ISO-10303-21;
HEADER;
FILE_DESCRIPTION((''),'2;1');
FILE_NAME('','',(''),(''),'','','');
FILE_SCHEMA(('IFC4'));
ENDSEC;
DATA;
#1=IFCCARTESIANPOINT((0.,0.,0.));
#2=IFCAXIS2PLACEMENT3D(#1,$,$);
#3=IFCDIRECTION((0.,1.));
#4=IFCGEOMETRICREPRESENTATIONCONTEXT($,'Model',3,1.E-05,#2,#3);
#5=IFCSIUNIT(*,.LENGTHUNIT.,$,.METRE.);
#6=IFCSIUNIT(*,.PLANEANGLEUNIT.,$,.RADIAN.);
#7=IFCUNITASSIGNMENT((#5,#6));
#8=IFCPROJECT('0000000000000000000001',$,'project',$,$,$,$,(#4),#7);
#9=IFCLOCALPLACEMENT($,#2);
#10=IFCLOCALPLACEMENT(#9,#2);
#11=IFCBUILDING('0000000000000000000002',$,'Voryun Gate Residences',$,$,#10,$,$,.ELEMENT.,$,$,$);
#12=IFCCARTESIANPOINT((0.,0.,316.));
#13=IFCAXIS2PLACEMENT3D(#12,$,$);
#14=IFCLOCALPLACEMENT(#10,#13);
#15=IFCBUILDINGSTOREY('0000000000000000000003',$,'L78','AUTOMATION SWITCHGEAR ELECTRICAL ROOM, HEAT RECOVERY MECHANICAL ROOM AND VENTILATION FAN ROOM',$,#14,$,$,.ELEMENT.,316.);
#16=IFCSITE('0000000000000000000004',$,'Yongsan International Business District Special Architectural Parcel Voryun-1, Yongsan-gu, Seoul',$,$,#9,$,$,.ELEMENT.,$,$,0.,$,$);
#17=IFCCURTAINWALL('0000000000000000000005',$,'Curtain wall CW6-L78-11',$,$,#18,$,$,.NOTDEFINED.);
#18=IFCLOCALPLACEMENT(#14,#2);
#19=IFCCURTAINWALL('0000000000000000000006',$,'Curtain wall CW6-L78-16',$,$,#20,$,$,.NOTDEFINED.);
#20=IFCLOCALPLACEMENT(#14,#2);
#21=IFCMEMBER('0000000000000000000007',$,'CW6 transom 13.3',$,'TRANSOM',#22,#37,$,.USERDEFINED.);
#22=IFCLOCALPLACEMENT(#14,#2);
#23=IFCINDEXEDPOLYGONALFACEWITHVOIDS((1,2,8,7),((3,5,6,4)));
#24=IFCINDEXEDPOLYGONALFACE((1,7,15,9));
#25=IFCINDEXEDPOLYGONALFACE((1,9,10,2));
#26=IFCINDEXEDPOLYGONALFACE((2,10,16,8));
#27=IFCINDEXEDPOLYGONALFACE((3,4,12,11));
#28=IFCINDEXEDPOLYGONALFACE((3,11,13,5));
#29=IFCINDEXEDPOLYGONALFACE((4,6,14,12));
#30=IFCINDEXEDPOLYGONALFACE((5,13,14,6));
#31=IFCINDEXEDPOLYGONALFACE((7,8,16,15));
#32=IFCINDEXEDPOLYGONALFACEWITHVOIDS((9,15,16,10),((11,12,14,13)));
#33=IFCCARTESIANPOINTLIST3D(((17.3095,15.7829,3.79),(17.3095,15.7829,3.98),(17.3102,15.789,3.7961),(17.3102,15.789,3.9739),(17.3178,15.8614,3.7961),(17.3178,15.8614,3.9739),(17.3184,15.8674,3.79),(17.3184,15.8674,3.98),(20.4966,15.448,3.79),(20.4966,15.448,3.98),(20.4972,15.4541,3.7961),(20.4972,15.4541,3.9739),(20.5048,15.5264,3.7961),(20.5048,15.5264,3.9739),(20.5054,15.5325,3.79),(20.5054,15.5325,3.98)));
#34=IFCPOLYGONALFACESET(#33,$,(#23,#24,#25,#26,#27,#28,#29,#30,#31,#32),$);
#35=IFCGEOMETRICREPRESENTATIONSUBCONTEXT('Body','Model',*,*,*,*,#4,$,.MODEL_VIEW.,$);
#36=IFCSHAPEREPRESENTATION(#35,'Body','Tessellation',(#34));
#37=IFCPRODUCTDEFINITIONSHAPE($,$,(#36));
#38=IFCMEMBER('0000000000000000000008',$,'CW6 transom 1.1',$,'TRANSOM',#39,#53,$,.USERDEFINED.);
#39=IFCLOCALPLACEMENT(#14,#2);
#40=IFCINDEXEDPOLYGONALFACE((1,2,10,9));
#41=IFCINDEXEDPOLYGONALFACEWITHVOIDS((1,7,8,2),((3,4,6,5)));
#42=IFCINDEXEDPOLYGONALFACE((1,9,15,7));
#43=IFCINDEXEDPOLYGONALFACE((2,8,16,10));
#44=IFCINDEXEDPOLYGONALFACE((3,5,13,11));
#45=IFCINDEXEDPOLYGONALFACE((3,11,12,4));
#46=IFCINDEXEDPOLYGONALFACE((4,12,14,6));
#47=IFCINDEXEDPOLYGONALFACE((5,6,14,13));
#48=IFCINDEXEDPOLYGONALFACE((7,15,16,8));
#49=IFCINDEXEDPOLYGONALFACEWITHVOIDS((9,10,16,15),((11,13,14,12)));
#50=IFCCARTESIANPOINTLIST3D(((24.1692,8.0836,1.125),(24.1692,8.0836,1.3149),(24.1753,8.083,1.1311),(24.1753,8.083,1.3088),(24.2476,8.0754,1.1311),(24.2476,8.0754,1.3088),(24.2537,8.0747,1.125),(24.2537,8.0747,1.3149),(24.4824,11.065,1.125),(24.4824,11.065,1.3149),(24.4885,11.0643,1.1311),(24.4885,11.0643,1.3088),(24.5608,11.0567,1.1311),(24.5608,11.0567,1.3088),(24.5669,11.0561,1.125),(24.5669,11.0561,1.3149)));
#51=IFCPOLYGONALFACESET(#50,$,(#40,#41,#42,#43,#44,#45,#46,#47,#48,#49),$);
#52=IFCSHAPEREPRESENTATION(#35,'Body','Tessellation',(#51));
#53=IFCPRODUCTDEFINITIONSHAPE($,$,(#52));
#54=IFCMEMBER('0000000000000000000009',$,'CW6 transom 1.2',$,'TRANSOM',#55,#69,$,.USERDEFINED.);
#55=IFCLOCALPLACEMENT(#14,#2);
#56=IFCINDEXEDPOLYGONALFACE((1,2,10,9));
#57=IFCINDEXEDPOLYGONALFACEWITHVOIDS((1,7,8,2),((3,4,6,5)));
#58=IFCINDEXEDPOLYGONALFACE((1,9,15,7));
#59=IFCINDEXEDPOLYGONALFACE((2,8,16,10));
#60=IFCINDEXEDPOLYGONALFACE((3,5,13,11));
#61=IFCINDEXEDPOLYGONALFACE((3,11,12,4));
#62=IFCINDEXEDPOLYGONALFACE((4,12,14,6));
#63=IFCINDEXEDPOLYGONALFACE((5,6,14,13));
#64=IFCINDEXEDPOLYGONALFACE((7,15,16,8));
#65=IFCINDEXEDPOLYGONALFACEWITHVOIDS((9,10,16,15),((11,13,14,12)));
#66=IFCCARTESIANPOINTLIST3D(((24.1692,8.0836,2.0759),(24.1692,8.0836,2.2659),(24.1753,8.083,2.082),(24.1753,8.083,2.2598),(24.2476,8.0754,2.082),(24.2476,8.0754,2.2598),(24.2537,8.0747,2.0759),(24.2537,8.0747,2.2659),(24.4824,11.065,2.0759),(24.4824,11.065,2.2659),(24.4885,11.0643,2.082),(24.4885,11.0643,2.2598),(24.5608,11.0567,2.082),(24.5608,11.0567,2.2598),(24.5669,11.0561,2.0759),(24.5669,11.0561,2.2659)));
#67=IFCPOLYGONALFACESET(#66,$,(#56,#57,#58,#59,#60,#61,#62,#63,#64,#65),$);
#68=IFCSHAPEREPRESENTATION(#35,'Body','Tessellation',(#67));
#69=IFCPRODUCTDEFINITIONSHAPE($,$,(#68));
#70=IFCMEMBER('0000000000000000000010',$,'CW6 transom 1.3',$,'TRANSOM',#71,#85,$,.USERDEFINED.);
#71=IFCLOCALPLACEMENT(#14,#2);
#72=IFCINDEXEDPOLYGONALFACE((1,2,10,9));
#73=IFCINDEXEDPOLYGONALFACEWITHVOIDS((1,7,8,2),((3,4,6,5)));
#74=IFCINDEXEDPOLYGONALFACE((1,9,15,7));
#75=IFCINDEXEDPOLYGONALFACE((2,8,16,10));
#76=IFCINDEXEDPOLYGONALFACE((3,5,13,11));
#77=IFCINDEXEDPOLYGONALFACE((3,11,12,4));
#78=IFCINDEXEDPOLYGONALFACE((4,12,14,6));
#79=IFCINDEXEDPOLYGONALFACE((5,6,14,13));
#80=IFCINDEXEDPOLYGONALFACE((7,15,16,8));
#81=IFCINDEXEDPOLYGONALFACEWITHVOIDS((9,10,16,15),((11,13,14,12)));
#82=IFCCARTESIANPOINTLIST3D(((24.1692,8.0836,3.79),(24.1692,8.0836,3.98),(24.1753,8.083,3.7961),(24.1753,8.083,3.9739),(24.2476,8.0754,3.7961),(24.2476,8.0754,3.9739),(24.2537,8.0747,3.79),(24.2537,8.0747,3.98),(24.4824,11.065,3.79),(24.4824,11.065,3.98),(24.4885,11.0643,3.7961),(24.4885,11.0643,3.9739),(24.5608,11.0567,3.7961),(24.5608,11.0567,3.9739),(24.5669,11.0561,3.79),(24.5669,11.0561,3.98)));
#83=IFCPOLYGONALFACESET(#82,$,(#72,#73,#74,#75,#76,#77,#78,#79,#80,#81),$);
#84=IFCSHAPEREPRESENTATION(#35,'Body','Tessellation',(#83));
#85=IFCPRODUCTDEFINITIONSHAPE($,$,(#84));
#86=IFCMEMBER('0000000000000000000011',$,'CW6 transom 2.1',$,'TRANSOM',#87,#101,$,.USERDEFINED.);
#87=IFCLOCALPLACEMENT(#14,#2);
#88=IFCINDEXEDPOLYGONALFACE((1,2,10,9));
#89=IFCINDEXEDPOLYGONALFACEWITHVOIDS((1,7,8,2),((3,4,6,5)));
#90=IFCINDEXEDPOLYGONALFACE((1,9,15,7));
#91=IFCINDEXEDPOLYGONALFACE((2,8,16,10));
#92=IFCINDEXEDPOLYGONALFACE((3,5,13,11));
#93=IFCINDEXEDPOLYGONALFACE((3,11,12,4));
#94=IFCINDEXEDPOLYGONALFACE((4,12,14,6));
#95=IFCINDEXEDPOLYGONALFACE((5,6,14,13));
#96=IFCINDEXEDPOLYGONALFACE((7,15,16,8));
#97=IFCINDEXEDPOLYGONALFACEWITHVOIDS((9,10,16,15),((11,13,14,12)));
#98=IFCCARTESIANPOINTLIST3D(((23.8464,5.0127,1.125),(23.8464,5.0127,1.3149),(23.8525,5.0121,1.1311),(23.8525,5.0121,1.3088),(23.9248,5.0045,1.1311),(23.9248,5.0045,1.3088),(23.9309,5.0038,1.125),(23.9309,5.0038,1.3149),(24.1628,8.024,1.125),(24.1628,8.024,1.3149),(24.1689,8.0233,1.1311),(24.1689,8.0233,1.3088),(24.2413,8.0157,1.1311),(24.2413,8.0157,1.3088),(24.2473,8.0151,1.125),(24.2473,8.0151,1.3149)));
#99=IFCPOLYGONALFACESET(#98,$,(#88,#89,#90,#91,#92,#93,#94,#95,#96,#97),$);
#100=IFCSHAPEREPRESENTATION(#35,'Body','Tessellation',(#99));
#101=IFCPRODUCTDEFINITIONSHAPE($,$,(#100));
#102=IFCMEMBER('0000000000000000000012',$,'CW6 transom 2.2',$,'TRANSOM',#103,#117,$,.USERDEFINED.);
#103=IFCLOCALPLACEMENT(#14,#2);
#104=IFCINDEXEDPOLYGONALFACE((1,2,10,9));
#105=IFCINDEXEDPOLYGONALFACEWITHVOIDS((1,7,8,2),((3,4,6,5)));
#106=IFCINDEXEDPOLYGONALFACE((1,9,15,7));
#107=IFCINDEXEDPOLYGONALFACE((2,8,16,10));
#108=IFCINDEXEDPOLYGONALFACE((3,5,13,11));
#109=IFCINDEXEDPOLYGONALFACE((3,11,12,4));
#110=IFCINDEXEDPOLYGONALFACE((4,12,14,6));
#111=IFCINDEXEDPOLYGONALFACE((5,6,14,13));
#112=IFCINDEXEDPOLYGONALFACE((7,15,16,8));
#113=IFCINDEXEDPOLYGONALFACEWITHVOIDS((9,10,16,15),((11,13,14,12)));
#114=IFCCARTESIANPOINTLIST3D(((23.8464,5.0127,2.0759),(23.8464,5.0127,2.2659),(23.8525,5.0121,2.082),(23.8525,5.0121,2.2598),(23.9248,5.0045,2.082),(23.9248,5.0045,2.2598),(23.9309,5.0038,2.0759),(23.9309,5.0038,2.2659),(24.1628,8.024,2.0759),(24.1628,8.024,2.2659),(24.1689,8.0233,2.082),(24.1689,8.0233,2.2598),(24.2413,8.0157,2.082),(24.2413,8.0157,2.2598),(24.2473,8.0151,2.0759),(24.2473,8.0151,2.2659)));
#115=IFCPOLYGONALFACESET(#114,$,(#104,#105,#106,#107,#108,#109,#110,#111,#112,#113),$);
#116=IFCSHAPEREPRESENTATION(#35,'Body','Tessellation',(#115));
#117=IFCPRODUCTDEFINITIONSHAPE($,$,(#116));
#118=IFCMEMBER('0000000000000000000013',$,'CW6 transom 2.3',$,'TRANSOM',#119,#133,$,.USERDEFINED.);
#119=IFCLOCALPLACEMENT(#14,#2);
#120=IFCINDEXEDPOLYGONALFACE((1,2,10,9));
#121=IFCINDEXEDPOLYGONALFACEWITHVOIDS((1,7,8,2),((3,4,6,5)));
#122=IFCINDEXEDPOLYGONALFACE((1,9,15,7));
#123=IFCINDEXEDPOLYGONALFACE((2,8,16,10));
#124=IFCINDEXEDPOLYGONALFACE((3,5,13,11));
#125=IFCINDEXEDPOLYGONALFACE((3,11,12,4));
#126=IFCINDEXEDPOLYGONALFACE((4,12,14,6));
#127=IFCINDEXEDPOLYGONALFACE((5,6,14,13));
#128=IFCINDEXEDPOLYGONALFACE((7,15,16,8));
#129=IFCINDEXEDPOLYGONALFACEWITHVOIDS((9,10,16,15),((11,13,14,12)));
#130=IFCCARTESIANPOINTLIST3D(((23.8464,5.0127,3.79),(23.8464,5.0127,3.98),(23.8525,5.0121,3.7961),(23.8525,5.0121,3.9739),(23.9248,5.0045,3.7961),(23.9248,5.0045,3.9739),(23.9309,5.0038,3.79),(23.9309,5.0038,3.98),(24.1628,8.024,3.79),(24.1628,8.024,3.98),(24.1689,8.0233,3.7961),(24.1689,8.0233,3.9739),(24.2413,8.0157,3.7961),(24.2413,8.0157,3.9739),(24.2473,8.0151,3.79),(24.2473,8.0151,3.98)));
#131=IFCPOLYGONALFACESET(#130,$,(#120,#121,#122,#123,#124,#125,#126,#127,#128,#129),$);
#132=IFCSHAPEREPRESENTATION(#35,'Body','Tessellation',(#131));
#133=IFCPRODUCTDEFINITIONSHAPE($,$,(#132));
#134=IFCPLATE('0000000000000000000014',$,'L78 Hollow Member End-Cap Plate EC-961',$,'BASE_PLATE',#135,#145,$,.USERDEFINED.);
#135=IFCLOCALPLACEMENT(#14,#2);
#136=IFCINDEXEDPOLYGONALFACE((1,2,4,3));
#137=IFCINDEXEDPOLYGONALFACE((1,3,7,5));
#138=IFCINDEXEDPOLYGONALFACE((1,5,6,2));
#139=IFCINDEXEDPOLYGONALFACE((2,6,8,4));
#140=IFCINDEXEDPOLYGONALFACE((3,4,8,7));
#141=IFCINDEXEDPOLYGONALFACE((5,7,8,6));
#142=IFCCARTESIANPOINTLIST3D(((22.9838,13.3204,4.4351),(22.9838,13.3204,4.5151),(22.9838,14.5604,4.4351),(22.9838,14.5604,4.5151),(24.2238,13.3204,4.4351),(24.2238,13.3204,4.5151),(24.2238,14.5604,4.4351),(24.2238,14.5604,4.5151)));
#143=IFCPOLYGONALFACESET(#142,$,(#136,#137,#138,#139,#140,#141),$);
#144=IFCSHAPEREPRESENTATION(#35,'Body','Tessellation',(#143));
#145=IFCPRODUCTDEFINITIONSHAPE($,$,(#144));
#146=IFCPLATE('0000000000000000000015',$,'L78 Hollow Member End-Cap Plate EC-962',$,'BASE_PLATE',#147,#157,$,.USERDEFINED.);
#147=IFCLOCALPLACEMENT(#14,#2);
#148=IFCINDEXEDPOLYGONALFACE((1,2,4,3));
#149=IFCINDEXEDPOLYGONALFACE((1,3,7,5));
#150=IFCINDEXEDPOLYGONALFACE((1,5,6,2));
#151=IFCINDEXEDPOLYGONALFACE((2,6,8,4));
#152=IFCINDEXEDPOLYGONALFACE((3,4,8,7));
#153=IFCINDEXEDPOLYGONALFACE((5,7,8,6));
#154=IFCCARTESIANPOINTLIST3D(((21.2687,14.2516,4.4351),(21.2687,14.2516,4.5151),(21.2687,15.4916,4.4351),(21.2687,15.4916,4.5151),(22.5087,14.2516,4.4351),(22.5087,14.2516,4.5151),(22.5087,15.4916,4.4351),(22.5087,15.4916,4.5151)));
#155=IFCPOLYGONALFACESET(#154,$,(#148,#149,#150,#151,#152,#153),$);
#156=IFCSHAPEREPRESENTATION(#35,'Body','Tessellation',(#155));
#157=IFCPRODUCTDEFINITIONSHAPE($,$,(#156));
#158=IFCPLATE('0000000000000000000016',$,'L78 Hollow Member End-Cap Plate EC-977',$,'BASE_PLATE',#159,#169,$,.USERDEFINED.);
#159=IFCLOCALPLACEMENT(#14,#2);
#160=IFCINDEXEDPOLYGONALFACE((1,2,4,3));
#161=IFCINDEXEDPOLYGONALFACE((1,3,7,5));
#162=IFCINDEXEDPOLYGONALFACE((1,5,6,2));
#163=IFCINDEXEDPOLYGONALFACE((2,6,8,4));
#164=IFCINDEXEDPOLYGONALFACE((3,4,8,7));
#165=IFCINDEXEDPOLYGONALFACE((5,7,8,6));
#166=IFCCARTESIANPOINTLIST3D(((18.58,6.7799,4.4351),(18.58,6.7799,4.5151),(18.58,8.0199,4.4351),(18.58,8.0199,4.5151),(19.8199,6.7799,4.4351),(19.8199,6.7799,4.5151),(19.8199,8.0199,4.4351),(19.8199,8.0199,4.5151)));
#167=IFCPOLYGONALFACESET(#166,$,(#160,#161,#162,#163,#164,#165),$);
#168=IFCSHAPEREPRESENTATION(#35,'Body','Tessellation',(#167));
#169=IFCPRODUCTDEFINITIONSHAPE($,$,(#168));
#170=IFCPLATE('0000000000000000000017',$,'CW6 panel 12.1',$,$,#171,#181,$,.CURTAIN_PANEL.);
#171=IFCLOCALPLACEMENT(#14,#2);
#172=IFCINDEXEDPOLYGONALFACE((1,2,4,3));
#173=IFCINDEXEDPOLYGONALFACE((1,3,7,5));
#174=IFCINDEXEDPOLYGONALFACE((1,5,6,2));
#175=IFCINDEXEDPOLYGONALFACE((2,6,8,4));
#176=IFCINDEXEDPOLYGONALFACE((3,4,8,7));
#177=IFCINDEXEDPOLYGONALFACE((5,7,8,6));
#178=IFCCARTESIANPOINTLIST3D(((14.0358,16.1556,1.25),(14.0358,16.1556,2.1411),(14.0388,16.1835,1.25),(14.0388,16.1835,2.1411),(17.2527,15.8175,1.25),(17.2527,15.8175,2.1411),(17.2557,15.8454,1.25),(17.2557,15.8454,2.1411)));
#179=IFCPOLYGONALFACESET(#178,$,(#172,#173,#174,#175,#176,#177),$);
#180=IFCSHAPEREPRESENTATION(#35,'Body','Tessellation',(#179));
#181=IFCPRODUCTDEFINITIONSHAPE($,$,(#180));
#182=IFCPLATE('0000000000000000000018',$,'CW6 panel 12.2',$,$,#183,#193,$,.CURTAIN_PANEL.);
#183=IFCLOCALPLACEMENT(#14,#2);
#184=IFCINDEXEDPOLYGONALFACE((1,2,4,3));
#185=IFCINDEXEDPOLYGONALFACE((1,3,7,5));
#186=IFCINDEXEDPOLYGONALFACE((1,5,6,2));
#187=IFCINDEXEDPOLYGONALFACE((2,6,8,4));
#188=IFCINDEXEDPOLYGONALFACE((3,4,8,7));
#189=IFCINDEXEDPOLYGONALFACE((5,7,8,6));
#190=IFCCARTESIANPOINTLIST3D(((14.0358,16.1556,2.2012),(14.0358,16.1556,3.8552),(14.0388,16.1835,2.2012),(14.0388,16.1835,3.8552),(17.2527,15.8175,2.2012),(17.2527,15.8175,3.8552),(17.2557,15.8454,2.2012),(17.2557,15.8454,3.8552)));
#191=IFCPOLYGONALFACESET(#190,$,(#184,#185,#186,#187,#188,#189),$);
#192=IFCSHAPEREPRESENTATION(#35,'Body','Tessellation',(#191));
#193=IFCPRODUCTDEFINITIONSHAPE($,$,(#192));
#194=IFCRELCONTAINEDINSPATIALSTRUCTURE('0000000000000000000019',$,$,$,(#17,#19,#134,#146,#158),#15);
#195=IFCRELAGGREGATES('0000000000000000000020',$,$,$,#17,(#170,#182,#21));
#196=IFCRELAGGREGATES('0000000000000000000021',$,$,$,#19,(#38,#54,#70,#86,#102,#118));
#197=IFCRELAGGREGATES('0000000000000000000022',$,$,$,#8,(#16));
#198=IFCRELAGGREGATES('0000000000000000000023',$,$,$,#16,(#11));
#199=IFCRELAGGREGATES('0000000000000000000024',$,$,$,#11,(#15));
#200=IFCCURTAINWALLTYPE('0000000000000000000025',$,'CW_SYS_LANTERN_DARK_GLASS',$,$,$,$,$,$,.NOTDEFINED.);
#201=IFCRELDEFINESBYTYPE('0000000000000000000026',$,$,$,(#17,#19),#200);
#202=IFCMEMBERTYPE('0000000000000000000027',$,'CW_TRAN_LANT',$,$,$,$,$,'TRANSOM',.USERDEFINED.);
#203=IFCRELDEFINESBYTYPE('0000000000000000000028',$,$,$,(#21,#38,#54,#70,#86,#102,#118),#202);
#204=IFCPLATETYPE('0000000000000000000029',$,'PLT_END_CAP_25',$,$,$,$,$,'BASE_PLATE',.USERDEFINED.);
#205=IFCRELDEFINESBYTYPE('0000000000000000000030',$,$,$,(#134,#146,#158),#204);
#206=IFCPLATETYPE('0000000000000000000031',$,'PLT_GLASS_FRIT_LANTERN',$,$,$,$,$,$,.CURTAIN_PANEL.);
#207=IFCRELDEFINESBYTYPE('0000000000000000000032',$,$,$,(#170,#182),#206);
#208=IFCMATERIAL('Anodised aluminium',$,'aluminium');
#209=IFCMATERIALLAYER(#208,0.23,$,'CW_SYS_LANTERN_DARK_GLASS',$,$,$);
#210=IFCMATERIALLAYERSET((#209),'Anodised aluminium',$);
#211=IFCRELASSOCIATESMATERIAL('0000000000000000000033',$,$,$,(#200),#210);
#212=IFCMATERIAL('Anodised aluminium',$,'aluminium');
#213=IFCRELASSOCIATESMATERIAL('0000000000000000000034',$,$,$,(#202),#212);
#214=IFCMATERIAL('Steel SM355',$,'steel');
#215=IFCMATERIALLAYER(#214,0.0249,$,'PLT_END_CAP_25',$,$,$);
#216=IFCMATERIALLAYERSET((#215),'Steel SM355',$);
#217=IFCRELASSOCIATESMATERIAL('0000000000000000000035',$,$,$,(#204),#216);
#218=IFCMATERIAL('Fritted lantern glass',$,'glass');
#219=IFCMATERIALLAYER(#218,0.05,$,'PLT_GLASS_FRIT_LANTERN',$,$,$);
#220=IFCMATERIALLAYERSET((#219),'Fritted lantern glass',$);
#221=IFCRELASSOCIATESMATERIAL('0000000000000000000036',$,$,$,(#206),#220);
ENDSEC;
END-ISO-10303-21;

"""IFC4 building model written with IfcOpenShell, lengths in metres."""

from ifc_helpers import new_model, si_unit, direction, frame, origin, origin_2d, place, context, subcontext, project, spatial, rectangle, hollow_rectangle, extrude, material, layer, layer_set, material_profile, profile_set, type_object, element, aggregate, save


model = new_model("IFC4")

# Units and contexts
model_context = context("Model", 3, precision=1e-05, world=origin(), true_north=direction((0.0, 1.0)))
body_context = subcontext(model_context, "Body", "Model", "MODEL_VIEW")
ifc_project = project(units=[si_unit("LENGTHUNIT", "METRE"), si_unit("PLANEANGLEUNIT", "RADIAN")], contexts=[model_context])

# Site, building, storey
site_placement = place(None, origin())
site = spatial("IfcSite", under=ifc_project, at=site_placement, Name="Yongsan International Business District Special Architectural Parcel Voryun-1, Yongsan-gu, Seoul", CompositionType="ELEMENT", RefElevation=0.0)
building_placement = place(site_placement, origin())
building = spatial("IfcBuilding", under=site, at=building_placement, Name="Voryun Gate Residences", CompositionType="ELEMENT")
storey_placement = place(building_placement, frame((0.0, 0.0, 316.0)))
storey = spatial("IfcBuildingStorey", under=building, at=storey_placement, Name="L78", Description="AUTOMATION SWITCHGEAR ELECTRICAL ROOM, HEAT RECOVERY MECHANICAL ROOM AND VENTILATION FAN ROOM", CompositionType="ELEMENT", Elevation=316.0)

# Curtain walls
ifc_material_1 = material(Name="Anodised aluminium", Category="aluminium")
ifc_layer_1 = layer(ifc_material_1, 0.23, Name="CW_SYS_LANTERN_DARK_GLASS")
ifc_layer_set_1 = layer_set([ifc_layer_1], Name="Anodised aluminium")
curtain_wall_type = type_object("IfcCurtainWallType", Name="CW_SYS_LANTERN_DARK_GLASS", PredefinedType="NOTDEFINED", material=ifc_layer_set_1)
curtain_wall_1_placement = place(storey_placement, origin())
curtain_wall_1 = element("IfcCurtainWall", 1, at=curtain_wall_1_placement, inside=storey, type_object=curtain_wall_type, Name="Curtain wall CW6-L78-11", PredefinedType="NOTDEFINED")
curtain_wall_2_placement = place(storey_placement, origin())
curtain_wall_2 = element("IfcCurtainWall", 2, at=curtain_wall_2_placement, inside=storey, type_object=curtain_wall_type, Name="Curtain wall CW6-L78-16", PredefinedType="NOTDEFINED")

# Members
ifc_material_2 = material(Name="Anodised aluminium", Category="aluminium")
ifc_material_profile_1 = material_profile(ifc_material_2, hollow_rectangle(XDim=0.085, YDim=0.1899, WallThickness=0.0061, at=origin_2d()), Name="ALU-TRAN-190x85x6")
ifc_profile_set_1 = profile_set([ifc_material_profile_1], Name="Anodised aluminium")
member_type_1 = type_object("IfcMemberType", Name="CW_TRAN_LANT", ElementType="TRANSOM", PredefinedType="USERDEFINED", material=ifc_profile_set_1)
member_1_placement = place(storey_placement, frame((17.314, 15.8252, 3.885), z_axis=(0.994522, -0.104526, 0.0), x_axis=(0.104526, 0.994522, 0.0)))
member_1 = element("IfcMember", 3, at=member_1_placement, type_object=member_type_1, Name="CW6 transom 13.3", ObjectType="TRANSOM", PredefinedType="USERDEFINED", context=body_context, shape_type="SweptSolid", body=[
    extrude(hollow_rectangle(XDim=0.085, YDim=0.1899, WallThickness=0.0061, at=origin_2d()), origin(), (0.0, 0.0, 1.0), 3.2046),
])
member_2_placement = place(storey_placement, frame((24.5247, 11.0605, 1.22), z_axis=(-0.104486, -0.994526, 0.0), x_axis=(0.994526, -0.104486, 0.0)))
member_2 = element("IfcMember", 4, at=member_2_placement, type_object=member_type_1, Name="CW6 transom 1.1", ObjectType="TRANSOM", PredefinedType="USERDEFINED", context=body_context, shape_type="SweptSolid", body=[
    extrude(hollow_rectangle(XDim=0.085, YDim=0.1899, WallThickness=0.0061, at=origin_2d()), origin(), (0.0, 0.0, 1.0), 2.9978),
])
member_3_placement = place(storey_placement, frame((24.5247, 11.0605, 2.1709), z_axis=(-0.104486, -0.994526, 0.0), x_axis=(0.994526, -0.104486, 0.0)))
member_3 = element("IfcMember", 5, at=member_3_placement, type_object=member_type_1, Name="CW6 transom 1.2", ObjectType="TRANSOM", PredefinedType="USERDEFINED", context=body_context, shape_type="SweptSolid", body=[
    extrude(hollow_rectangle(XDim=0.085, YDim=0.1899, WallThickness=0.0061, at=origin_2d()), origin(), (0.0, 0.0, 1.0), 2.9978),
])
member_4_placement = place(storey_placement, frame((24.5247, 11.0605, 3.885), z_axis=(-0.104486, -0.994526, 0.0), x_axis=(0.994526, -0.104486, 0.0)))
member_4 = element("IfcMember", 6, at=member_4_placement, type_object=member_type_1, Name="CW6 transom 1.3", ObjectType="TRANSOM", PredefinedType="USERDEFINED", context=body_context, shape_type="SweptSolid", body=[
    extrude(hollow_rectangle(XDim=0.085, YDim=0.1899, WallThickness=0.0061, at=origin_2d()), origin(), (0.0, 0.0, 1.0), 2.9978),
])
member_5_placement = place(storey_placement, frame((24.2051, 8.0195, 1.22), z_axis=(-0.1045, -0.994525, 0.0), x_axis=(0.994525, -0.1045, 0.0)))
member_5 = element("IfcMember", 7, at=member_5_placement, type_object=member_type_1, Name="CW6 transom 2.1", ObjectType="TRANSOM", PredefinedType="USERDEFINED", context=body_context, shape_type="SweptSolid", body=[
    extrude(hollow_rectangle(XDim=0.085, YDim=0.1899, WallThickness=0.0061, at=origin_2d()), origin(), (0.0, 0.0, 1.0), 3.0278),
])
member_6_placement = place(storey_placement, frame((24.2051, 8.0195, 2.1709), z_axis=(-0.1045, -0.994525, 0.0), x_axis=(0.994525, -0.1045, 0.0)))
member_6 = element("IfcMember", 8, at=member_6_placement, type_object=member_type_1, Name="CW6 transom 2.2", ObjectType="TRANSOM", PredefinedType="USERDEFINED", context=body_context, shape_type="SweptSolid", body=[
    extrude(hollow_rectangle(XDim=0.085, YDim=0.1899, WallThickness=0.0061, at=origin_2d()), origin(), (0.0, 0.0, 1.0), 3.0278),
])
member_7_placement = place(storey_placement, frame((24.2051, 8.0195, 3.885), z_axis=(-0.1045, -0.994525, 0.0), x_axis=(0.994525, -0.1045, 0.0)))
member_7 = element("IfcMember", 9, at=member_7_placement, type_object=member_type_1, Name="CW6 transom 2.3", ObjectType="TRANSOM", PredefinedType="USERDEFINED", context=body_context, shape_type="SweptSolid", body=[
    extrude(hollow_rectangle(XDim=0.085, YDim=0.1899, WallThickness=0.0061, at=origin_2d()), origin(), (0.0, 0.0, 1.0), 3.0278),
])

# Plates
ifc_material_3 = material(Name="Steel SM355", Category="steel")
ifc_layer_2 = layer(ifc_material_3, 0.0249, Name="PLT_END_CAP_25")
ifc_layer_set_2 = layer_set([ifc_layer_2], Name="Steel SM355")
plate_type_1 = type_object("IfcPlateType", Name="PLT_END_CAP_25", ElementType="BASE_PLATE", PredefinedType="USERDEFINED", material=ifc_layer_set_2)
for number, where, z_axis, x_axis, name in (
    (10, (23.6038, 13.9404, 4.4351), (0.0, 0.0, 1.0), (1.0, 0.0, 0.0), "L78 Hollow Member End-Cap Plate EC-961"),
    (11, (21.8887, 14.8716, 4.4351), (0.0, 0.0, 1.0), (1.0, 0.0, 0.0), "L78 Hollow Member End-Cap Plate EC-962"),
    (12, (19.2, 7.3999, 4.4351), (0.0, 0.0, 1.0), (1.0, 0.0, 0.0), "L78 Hollow Member End-Cap Plate EC-977"),
):
    element("IfcPlate", number, at=place(storey_placement, frame(where, z_axis=z_axis, x_axis=x_axis)), inside=storey, type_object=plate_type_1, Name=name, ObjectType="BASE_PLATE", PredefinedType="USERDEFINED", context=body_context, shape_type="SweptSolid", body=[
        extrude(rectangle(XDim=1.24, YDim=1.24, at=origin_2d()), origin(), (0.0, 0.0, 1.0), 0.0801),
    ])

# Plates
ifc_material_4 = material(Name="Fritted lantern glass", Category="glass")
ifc_layer_3 = layer(ifc_material_4, 0.05, Name="PLT_GLASS_FRIT_LANTERN")
ifc_layer_set_3 = layer_set([ifc_layer_3], Name="Fritted lantern glass")
plate_type_2 = type_object("IfcPlateType", Name="PLT_GLASS_FRIT_LANTERN", PredefinedType="CURTAIN_PANEL", material=ifc_layer_set_3)
plate_1_placement = place(storey_placement, frame((15.6458, 16.0005, 1.25), z_axis=(0.0, 0.0, 1.0), x_axis=(0.994522, -0.104528, 0.0)))
plate_1 = element("IfcPlate", 13, at=plate_1_placement, type_object=plate_type_2, Name="CW6 panel 12.1", PredefinedType="CURTAIN_PANEL", context=body_context, shape_type="SweptSolid", body=[
    extrude(rectangle(XDim=3.2346, YDim=0.0281, at=origin_2d()), origin(), (0.0, 0.0, 1.0), 0.8911),
])
plate_2_placement = place(storey_placement, frame((15.6458, 16.0005, 2.2012), z_axis=(0.0, 0.0, 1.0), x_axis=(0.994522, -0.104528, 0.0)))
plate_2 = element("IfcPlate", 14, at=plate_2_placement, type_object=plate_type_2, Name="CW6 panel 12.2", PredefinedType="CURTAIN_PANEL", context=body_context, shape_type="SweptSolid", body=[
    extrude(rectangle(XDim=3.2346, YDim=0.0281, at=origin_2d()), origin(), (0.0, 0.0, 1.0), 1.6541),
])
aggregate(curtain_wall_1, [plate_1, plate_2, member_1])
aggregate(curtain_wall_2, [member_2, member_3, member_4, member_5, member_6, member_7])

save(model, "model.ifc")
